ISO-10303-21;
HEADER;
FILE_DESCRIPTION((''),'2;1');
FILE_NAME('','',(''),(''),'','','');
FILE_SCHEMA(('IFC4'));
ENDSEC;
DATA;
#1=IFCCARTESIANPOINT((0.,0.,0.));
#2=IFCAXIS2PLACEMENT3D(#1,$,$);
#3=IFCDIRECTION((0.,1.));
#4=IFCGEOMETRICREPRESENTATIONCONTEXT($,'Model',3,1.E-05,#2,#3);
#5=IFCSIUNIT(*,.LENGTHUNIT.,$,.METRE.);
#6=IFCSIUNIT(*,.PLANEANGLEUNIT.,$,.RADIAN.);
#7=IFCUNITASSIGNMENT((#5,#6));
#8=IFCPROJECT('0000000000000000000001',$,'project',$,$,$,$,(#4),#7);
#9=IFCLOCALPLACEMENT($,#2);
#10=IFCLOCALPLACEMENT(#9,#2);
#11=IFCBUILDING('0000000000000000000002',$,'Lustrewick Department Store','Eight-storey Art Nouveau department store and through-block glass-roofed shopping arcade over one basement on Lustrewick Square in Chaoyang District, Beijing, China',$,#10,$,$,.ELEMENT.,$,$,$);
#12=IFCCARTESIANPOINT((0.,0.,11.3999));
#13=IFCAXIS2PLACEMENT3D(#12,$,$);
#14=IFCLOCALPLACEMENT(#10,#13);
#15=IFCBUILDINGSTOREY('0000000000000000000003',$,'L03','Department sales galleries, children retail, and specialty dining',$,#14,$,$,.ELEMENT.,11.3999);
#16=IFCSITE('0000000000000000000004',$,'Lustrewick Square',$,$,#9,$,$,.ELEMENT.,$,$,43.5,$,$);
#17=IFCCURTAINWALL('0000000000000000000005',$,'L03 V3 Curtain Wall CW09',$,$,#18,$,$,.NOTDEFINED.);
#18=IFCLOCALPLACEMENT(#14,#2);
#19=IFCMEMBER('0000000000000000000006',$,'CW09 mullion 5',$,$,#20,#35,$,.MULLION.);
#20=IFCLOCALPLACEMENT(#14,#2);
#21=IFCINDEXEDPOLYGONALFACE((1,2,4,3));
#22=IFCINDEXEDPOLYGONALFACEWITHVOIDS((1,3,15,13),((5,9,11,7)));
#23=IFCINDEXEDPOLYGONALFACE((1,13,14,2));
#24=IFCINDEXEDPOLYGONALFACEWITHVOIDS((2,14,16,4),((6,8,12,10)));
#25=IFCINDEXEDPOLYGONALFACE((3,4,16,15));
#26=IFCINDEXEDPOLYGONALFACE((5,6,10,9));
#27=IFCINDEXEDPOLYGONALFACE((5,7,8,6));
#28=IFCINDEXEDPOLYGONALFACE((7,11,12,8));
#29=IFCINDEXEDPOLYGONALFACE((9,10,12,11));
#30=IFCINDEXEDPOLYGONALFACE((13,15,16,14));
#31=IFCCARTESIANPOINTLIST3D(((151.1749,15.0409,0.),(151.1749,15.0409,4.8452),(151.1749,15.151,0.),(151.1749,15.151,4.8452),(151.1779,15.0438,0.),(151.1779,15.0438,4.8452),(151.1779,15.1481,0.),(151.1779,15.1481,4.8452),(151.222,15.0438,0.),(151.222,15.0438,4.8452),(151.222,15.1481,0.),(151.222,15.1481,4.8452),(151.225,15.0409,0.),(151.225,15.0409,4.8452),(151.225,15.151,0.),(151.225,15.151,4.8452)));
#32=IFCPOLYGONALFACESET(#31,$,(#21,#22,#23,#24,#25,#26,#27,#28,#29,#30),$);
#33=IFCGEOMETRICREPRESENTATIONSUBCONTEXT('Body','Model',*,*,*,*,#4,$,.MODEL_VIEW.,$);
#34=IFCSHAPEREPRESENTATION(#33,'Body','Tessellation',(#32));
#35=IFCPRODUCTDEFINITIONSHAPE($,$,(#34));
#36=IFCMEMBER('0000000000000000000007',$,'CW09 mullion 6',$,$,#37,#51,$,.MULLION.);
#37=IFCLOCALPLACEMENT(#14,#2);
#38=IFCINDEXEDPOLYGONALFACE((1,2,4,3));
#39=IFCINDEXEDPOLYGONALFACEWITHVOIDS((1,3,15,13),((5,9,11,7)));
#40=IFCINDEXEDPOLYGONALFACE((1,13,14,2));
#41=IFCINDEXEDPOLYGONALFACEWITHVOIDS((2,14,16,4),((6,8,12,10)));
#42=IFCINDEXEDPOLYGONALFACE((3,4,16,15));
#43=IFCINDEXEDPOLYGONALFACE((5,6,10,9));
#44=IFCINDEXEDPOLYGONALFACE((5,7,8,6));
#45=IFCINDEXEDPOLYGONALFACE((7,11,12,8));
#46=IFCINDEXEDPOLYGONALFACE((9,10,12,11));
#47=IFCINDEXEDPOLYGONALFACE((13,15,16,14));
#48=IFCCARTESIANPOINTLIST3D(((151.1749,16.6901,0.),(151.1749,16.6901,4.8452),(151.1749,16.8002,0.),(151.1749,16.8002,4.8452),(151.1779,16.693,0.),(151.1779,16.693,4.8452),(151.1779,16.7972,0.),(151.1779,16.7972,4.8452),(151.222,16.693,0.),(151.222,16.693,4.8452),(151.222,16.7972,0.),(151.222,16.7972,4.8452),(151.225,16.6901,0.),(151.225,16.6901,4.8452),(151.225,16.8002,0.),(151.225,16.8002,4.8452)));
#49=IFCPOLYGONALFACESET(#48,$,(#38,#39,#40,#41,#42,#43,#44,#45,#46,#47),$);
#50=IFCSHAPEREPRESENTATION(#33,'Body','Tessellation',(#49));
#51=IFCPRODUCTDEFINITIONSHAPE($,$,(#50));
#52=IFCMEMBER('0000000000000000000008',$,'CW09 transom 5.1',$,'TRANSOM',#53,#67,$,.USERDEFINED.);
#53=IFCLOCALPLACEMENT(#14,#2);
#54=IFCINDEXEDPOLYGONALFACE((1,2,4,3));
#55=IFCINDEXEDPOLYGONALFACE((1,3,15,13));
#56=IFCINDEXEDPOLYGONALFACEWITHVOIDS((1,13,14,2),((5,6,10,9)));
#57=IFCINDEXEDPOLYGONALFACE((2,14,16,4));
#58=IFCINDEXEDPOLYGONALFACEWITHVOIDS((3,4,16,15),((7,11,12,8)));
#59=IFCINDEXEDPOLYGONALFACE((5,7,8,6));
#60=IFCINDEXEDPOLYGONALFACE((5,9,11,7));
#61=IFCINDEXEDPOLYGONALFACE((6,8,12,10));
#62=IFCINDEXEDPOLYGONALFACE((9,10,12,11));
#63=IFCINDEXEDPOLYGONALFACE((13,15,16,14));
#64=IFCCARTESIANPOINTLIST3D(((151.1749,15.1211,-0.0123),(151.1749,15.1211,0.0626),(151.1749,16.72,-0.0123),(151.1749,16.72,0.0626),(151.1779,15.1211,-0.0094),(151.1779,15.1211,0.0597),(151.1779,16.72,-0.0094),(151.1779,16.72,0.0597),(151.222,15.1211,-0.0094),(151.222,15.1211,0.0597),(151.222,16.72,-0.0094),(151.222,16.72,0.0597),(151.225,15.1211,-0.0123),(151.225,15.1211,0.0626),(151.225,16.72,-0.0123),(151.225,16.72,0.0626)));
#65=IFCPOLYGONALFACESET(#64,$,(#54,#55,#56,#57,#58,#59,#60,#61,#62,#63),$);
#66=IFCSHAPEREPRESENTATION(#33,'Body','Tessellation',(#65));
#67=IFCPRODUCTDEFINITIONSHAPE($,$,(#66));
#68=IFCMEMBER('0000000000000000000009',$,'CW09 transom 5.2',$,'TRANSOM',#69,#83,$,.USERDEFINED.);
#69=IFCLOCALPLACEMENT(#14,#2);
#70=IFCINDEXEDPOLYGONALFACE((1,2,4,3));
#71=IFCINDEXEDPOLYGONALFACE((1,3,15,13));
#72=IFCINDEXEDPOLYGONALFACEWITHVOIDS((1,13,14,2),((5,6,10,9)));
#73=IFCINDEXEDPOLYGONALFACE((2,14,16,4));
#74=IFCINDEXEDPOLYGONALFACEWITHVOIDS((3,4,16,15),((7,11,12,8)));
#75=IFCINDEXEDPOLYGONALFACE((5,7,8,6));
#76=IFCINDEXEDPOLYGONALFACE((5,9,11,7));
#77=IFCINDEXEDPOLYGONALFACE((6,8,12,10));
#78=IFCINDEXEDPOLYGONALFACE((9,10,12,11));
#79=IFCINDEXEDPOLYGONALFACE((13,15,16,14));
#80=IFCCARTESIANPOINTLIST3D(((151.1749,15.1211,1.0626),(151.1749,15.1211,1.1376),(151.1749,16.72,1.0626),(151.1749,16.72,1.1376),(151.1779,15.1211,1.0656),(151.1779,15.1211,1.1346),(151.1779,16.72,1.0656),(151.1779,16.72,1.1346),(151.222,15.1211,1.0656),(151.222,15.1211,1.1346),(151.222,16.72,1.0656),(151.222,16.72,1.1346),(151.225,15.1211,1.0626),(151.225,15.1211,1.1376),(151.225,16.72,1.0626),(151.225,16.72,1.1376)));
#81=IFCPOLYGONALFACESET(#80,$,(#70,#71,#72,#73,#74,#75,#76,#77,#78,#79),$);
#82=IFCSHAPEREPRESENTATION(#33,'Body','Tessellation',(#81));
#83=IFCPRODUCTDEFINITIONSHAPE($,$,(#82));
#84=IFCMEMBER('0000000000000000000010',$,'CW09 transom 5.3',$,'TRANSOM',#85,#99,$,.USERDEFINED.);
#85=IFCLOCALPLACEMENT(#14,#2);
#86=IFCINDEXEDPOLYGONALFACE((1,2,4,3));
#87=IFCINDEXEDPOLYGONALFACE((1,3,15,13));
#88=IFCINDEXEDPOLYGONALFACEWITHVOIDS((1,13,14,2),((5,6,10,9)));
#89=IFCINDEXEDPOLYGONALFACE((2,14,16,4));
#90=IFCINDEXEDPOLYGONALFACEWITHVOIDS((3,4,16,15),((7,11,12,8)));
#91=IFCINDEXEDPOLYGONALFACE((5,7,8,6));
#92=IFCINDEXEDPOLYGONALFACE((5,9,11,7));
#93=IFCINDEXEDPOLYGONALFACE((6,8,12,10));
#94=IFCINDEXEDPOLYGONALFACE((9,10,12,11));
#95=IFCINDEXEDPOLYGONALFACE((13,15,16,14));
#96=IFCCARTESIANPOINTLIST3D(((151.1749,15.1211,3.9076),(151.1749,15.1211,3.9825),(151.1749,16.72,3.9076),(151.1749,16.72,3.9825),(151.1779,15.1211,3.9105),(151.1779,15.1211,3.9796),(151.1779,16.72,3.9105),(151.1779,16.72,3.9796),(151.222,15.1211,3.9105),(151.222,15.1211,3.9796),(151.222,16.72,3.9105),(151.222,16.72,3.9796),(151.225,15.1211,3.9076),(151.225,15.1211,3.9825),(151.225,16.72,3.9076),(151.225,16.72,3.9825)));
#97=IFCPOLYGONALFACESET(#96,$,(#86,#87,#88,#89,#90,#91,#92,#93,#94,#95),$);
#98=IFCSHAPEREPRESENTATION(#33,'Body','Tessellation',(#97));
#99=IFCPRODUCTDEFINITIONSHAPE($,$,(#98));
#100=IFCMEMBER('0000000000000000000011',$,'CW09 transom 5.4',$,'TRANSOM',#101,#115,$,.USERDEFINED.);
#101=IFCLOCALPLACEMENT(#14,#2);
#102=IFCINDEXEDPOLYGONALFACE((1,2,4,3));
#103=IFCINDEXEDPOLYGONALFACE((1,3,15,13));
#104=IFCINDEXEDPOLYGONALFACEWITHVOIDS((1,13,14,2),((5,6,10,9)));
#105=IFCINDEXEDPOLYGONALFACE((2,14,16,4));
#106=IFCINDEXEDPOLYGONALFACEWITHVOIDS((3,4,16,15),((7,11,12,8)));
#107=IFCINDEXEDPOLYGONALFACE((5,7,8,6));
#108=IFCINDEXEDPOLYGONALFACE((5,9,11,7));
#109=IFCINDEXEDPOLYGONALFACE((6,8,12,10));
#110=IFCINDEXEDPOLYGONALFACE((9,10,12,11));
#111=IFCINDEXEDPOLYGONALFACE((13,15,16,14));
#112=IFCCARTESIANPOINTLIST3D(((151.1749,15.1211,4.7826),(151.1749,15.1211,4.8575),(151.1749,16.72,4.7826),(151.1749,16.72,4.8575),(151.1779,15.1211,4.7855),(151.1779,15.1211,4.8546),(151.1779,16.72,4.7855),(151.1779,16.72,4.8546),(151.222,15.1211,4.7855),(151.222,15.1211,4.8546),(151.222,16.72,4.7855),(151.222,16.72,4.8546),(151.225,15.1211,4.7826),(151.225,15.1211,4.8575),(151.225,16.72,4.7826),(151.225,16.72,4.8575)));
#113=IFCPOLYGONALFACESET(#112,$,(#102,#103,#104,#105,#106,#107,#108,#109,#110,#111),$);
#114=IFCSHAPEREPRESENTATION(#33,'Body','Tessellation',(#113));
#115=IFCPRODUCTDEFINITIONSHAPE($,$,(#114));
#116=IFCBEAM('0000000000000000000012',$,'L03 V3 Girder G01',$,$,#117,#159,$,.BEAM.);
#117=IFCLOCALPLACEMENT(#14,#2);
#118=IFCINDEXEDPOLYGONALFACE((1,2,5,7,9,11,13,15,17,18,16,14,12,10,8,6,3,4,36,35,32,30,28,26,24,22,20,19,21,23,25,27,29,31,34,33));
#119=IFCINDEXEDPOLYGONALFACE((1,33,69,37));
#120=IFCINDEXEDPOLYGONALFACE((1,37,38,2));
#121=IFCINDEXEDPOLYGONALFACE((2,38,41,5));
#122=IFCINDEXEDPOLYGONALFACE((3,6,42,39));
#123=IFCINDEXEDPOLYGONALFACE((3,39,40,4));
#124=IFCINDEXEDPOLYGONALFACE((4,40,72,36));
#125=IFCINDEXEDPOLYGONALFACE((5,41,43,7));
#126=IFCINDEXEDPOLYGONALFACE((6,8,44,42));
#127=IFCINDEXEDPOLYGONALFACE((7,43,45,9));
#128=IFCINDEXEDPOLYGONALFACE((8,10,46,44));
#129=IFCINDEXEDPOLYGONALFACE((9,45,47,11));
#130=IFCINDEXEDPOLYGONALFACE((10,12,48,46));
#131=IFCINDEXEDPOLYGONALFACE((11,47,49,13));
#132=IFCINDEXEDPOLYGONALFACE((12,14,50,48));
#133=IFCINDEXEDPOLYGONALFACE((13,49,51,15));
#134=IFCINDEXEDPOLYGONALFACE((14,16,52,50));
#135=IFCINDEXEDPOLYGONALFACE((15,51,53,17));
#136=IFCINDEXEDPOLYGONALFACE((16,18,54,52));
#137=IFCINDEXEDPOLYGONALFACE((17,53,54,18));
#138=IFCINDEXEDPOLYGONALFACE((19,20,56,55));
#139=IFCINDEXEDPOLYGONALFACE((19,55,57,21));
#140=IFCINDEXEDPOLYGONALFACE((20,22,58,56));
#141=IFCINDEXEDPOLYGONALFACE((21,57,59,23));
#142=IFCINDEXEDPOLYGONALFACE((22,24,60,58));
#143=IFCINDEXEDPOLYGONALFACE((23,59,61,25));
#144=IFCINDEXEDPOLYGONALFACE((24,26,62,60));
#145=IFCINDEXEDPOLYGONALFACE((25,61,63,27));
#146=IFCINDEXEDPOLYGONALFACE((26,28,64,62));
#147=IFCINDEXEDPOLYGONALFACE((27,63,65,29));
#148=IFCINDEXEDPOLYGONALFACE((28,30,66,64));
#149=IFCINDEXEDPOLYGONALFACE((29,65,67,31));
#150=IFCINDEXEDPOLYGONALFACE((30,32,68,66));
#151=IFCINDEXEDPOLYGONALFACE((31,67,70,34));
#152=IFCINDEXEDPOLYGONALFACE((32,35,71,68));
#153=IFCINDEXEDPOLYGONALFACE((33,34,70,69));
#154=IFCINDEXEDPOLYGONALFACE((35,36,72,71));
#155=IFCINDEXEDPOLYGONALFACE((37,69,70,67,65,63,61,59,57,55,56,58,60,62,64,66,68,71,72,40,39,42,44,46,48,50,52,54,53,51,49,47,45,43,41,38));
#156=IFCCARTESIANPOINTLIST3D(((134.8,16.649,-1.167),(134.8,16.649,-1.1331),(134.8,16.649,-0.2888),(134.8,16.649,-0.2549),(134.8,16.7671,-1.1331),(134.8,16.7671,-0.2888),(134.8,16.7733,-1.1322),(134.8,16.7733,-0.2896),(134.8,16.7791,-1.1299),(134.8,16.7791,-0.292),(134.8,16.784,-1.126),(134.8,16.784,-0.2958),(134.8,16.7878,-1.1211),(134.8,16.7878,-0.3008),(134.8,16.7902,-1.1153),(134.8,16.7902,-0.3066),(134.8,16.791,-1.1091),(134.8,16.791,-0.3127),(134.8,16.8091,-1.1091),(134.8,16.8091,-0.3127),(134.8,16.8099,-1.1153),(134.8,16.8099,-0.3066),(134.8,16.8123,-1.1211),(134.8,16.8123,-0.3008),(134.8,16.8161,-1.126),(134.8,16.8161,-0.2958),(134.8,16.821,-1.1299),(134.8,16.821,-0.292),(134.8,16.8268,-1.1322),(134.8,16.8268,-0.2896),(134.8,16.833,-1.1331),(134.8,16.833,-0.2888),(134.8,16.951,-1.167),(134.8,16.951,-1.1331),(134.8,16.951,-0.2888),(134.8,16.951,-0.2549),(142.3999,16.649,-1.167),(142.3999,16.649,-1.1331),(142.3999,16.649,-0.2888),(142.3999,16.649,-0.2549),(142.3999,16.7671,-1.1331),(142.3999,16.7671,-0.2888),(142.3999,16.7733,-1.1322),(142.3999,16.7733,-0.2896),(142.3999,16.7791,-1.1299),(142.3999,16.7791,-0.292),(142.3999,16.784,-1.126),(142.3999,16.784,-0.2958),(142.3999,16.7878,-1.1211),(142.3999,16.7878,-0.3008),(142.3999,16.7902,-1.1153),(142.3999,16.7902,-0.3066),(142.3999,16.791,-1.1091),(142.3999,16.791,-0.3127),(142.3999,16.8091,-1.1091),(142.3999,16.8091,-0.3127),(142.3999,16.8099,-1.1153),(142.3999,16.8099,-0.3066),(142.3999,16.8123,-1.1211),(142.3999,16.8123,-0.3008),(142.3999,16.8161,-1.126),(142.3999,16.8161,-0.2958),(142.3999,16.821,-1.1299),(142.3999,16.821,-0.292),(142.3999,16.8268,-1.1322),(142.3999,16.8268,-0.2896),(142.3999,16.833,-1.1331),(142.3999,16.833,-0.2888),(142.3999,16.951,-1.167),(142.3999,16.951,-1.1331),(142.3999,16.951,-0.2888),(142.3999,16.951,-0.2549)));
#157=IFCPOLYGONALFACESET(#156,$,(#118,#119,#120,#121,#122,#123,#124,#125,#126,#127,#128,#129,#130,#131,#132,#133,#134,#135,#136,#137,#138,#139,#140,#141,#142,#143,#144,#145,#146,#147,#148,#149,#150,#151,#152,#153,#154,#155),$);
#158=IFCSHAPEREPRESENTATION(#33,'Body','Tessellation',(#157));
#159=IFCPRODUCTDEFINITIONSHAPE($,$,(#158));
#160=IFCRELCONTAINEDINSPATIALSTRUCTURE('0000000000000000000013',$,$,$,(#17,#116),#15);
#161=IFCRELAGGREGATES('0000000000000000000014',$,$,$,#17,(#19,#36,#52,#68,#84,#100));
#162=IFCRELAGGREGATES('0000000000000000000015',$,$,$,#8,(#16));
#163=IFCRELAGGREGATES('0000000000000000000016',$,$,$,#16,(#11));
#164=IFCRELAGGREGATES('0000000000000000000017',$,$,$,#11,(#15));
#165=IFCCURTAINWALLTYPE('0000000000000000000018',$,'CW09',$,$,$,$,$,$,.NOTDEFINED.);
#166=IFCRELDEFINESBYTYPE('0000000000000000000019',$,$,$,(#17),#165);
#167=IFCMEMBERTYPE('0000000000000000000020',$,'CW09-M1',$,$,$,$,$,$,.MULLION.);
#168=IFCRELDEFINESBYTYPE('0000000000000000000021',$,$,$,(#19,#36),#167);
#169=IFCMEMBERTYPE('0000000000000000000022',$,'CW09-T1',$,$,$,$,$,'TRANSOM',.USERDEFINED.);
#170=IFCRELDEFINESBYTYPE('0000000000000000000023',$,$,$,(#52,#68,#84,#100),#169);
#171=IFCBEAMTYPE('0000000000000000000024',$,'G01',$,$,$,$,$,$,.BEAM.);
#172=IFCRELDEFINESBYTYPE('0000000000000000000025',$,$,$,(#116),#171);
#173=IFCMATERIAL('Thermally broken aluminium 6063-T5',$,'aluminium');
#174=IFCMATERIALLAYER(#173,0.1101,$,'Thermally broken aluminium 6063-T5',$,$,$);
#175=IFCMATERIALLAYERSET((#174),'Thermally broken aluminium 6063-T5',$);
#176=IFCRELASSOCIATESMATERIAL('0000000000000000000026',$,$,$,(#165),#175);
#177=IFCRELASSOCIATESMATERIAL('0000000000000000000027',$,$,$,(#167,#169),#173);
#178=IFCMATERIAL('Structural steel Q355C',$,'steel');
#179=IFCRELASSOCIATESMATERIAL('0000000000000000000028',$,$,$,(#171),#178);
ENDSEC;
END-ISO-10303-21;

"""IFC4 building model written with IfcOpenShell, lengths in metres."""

from ifc_helpers import new_model, si_unit, direction, frame, origin, origin_2d, place, context, subcontext, project, spatial, hollow_rectangle, i_section, extrude, material, layer, layer_set, material_profile, profile_set, type_object, element, aggregate, save


model = new_model("IFC4")

# Units and contexts
model_context = context("Model", 3, precision=1e-05, world=origin(), true_north=direction((0.0, 1.0)))
body_context = subcontext(model_context, "Body", "Model", "MODEL_VIEW")
ifc_project = project(units=[si_unit("LENGTHUNIT", "METRE"), si_unit("PLANEANGLEUNIT", "RADIAN")], contexts=[model_context])

# Site, building, storey
site_placement = place(None, origin())
site = spatial("IfcSite", under=ifc_project, at=site_placement, Name="Lustrewick Square", CompositionType="ELEMENT", RefElevation=43.5)
building_placement = place(site_placement, origin())
building = spatial("IfcBuilding", under=site, at=building_placement, Name="Lustrewick Department Store", Description="Eight-storey Art Nouveau department store and through-block glass-roofed shopping arcade over one basement on Lustrewick Square in Chaoyang District, Beijing, China", CompositionType="ELEMENT")
storey_placement = place(building_placement, frame((0.0, 0.0, 11.3999)))
storey = spatial("IfcBuildingStorey", under=building, at=storey_placement, Name="L03", Description="Department sales galleries, children retail, and specialty dining", CompositionType="ELEMENT", Elevation=11.3999)

# Shared definitions
ifc_material_1 = material(Name="Structural steel Q355C", Category="steel")

# Curtain wall, members
ifc_material_2 = material(Name="Thermally broken aluminium 6063-T5", Category="aluminium")
ifc_layer_1 = layer(ifc_material_2, 0.1101, Name="Thermally broken aluminium 6063-T5")
ifc_layer_set_1 = layer_set([ifc_layer_1], Name="Thermally broken aluminium 6063-T5")
curtain_wall_type = type_object("IfcCurtainWallType", Name="CW09", PredefinedType="NOTDEFINED", material=ifc_layer_set_1)
curtain_wall_placement = place(storey_placement, origin())
curtain_wall = element("IfcCurtainWall", 1, at=curtain_wall_placement, inside=storey, type_object=curtain_wall_type, Name="L03 V3 Curtain Wall CW09", PredefinedType="NOTDEFINED")
ifc_material_profile_1 = material_profile(ifc_material_2, hollow_rectangle(XDim=0.05, YDim=0.1101, WallThickness=0.0029, at=origin_2d()), Name="ALU-M 50x110x3")
ifc_profile_set_1 = profile_set([ifc_material_profile_1], Name="Thermally broken aluminium 6063-T5")
member_type_1 = type_object("IfcMemberType", Name="CW09-M1", PredefinedType="MULLION", material=ifc_profile_set_1)
member_1_placement = place(storey_placement, frame((151.2, 15.0959, 0.0), z_axis=(0.0, 0.0, 1.0), x_axis=(-1.0, 0.0, 0.0)))
member_1 = element("IfcMember", 2, at=member_1_placement, type_object=member_type_1, Name="CW09 mullion 5", PredefinedType="MULLION", context=body_context, shape_type="SweptSolid", body=[
    extrude(hollow_rectangle(XDim=0.05, YDim=0.1101, WallThickness=0.0029, at=origin_2d()), origin(), (0.0, 0.0, 1.0), 4.8452),
])
member_2_placement = place(storey_placement, frame((151.2, 16.7451, 0.0), z_axis=(0.0, 0.0, 1.0), x_axis=(-1.0, 0.0, 0.0)))
member_2 = element("IfcMember", 3, at=member_2_placement, type_object=member_type_1, Name="CW09 mullion 6", PredefinedType="MULLION", context=body_context, shape_type="SweptSolid", body=[
    extrude(hollow_rectangle(XDim=0.05, YDim=0.1101, WallThickness=0.0029, at=origin_2d()), origin(), (0.0, 0.0, 1.0), 4.8452),
])
ifc_material_profile_2 = material_profile(ifc_material_2, hollow_rectangle(XDim=0.05, YDim=0.075, WallThickness=0.0029, at=origin_2d()), Name="ALU-T 50x75x3")
ifc_profile_set_2 = profile_set([ifc_material_profile_2], Name="Thermally broken aluminium 6063-T5")
member_type_2 = type_object("IfcMemberType", Name="CW09-T1", ElementType="TRANSOM", PredefinedType="USERDEFINED", material=ifc_profile_set_2)
member_3_placement = place(storey_placement, frame((151.2, 15.1211, 0.0251), z_axis=(0.0, 1.0, 0.0), x_axis=(-1.0, 0.0, 0.0)))
member_3 = element("IfcMember", 4, at=member_3_placement, type_object=member_type_2, Name="CW09 transom 5.1", ObjectType="TRANSOM", PredefinedType="USERDEFINED", context=body_context, shape_type="SweptSolid", body=[
    extrude(hollow_rectangle(XDim=0.05, YDim=0.075, WallThickness=0.0029, at=origin_2d()), origin(), (0.0, 0.0, 1.0), 1.5989),
])
member_4_placement = place(storey_placement, frame((151.2, 15.1211, 1.1001), z_axis=(0.0, 1.0, 0.0), x_axis=(-1.0, 0.0, 0.0)))
member_4 = element("IfcMember", 5, at=member_4_placement, type_object=member_type_2, Name="CW09 transom 5.2", ObjectType="TRANSOM", PredefinedType="USERDEFINED", context=body_context, shape_type="SweptSolid", body=[
    extrude(hollow_rectangle(XDim=0.05, YDim=0.075, WallThickness=0.0029, at=origin_2d()), origin(), (0.0, 0.0, 1.0), 1.5989),
])
member_5_placement = place(storey_placement, frame((151.2, 15.1211, 3.9451), z_axis=(0.0, 1.0, 0.0), x_axis=(-1.0, 0.0, 0.0)))
member_5 = element("IfcMember", 6, at=member_5_placement, type_object=member_type_2, Name="CW09 transom 5.3", ObjectType="TRANSOM", PredefinedType="USERDEFINED", context=body_context, shape_type="SweptSolid", body=[
    extrude(hollow_rectangle(XDim=0.05, YDim=0.075, WallThickness=0.0029, at=origin_2d()), origin(), (0.0, 0.0, 1.0), 1.5989),
])
member_6_placement = place(storey_placement, frame((151.2, 15.1211, 4.8201), z_axis=(0.0, 1.0, 0.0), x_axis=(-1.0, 0.0, 0.0)))
member_6 = element("IfcMember", 7, at=member_6_placement, type_object=member_type_2, Name="CW09 transom 5.4", ObjectType="TRANSOM", PredefinedType="USERDEFINED", context=body_context, shape_type="SweptSolid", body=[
    extrude(hollow_rectangle(XDim=0.05, YDim=0.075, WallThickness=0.0029, at=origin_2d()), origin(), (0.0, 0.0, 1.0), 1.5989),
])

# Beam
ifc_material_profile_3 = material_profile(ifc_material_1, i_section(OverallWidth=0.302, OverallDepth=0.9121, WebThickness=0.0181, FlangeThickness=0.0339, FilletRadius=0.0239, at=origin_2d()), Name="HN 912x302x18x34")
ifc_profile_set_3 = profile_set([ifc_material_profile_3], Name="Structural steel Q355C")
beam_type_1 = type_object("IfcBeamType", Name="G01", PredefinedType="BEAM", material=ifc_profile_set_3)
beam_1_placement = place(storey_placement, frame((134.8, 16.8, -0.7109), z_axis=(1.0, 0.0, 0.0), x_axis=(0.0, 1.0, 0.0)))
element("IfcBeam", 8, at=beam_1_placement, inside=storey, type_object=beam_type_1, Name="L03 V3 Girder G01", PredefinedType="BEAM", context=body_context, shape_type="SweptSolid", body=[
    extrude(i_section(OverallWidth=0.302, OverallDepth=0.9121, WebThickness=0.0181, FlangeThickness=0.0339, FilletRadius=0.0239, at=origin_2d()), origin(), (0.0, 0.0, 1.0), 7.5999),
])

aggregate(curtain_wall, [member_1, member_2, member_3, member_4, member_5, member_6])

save(model, "model.ifc")
